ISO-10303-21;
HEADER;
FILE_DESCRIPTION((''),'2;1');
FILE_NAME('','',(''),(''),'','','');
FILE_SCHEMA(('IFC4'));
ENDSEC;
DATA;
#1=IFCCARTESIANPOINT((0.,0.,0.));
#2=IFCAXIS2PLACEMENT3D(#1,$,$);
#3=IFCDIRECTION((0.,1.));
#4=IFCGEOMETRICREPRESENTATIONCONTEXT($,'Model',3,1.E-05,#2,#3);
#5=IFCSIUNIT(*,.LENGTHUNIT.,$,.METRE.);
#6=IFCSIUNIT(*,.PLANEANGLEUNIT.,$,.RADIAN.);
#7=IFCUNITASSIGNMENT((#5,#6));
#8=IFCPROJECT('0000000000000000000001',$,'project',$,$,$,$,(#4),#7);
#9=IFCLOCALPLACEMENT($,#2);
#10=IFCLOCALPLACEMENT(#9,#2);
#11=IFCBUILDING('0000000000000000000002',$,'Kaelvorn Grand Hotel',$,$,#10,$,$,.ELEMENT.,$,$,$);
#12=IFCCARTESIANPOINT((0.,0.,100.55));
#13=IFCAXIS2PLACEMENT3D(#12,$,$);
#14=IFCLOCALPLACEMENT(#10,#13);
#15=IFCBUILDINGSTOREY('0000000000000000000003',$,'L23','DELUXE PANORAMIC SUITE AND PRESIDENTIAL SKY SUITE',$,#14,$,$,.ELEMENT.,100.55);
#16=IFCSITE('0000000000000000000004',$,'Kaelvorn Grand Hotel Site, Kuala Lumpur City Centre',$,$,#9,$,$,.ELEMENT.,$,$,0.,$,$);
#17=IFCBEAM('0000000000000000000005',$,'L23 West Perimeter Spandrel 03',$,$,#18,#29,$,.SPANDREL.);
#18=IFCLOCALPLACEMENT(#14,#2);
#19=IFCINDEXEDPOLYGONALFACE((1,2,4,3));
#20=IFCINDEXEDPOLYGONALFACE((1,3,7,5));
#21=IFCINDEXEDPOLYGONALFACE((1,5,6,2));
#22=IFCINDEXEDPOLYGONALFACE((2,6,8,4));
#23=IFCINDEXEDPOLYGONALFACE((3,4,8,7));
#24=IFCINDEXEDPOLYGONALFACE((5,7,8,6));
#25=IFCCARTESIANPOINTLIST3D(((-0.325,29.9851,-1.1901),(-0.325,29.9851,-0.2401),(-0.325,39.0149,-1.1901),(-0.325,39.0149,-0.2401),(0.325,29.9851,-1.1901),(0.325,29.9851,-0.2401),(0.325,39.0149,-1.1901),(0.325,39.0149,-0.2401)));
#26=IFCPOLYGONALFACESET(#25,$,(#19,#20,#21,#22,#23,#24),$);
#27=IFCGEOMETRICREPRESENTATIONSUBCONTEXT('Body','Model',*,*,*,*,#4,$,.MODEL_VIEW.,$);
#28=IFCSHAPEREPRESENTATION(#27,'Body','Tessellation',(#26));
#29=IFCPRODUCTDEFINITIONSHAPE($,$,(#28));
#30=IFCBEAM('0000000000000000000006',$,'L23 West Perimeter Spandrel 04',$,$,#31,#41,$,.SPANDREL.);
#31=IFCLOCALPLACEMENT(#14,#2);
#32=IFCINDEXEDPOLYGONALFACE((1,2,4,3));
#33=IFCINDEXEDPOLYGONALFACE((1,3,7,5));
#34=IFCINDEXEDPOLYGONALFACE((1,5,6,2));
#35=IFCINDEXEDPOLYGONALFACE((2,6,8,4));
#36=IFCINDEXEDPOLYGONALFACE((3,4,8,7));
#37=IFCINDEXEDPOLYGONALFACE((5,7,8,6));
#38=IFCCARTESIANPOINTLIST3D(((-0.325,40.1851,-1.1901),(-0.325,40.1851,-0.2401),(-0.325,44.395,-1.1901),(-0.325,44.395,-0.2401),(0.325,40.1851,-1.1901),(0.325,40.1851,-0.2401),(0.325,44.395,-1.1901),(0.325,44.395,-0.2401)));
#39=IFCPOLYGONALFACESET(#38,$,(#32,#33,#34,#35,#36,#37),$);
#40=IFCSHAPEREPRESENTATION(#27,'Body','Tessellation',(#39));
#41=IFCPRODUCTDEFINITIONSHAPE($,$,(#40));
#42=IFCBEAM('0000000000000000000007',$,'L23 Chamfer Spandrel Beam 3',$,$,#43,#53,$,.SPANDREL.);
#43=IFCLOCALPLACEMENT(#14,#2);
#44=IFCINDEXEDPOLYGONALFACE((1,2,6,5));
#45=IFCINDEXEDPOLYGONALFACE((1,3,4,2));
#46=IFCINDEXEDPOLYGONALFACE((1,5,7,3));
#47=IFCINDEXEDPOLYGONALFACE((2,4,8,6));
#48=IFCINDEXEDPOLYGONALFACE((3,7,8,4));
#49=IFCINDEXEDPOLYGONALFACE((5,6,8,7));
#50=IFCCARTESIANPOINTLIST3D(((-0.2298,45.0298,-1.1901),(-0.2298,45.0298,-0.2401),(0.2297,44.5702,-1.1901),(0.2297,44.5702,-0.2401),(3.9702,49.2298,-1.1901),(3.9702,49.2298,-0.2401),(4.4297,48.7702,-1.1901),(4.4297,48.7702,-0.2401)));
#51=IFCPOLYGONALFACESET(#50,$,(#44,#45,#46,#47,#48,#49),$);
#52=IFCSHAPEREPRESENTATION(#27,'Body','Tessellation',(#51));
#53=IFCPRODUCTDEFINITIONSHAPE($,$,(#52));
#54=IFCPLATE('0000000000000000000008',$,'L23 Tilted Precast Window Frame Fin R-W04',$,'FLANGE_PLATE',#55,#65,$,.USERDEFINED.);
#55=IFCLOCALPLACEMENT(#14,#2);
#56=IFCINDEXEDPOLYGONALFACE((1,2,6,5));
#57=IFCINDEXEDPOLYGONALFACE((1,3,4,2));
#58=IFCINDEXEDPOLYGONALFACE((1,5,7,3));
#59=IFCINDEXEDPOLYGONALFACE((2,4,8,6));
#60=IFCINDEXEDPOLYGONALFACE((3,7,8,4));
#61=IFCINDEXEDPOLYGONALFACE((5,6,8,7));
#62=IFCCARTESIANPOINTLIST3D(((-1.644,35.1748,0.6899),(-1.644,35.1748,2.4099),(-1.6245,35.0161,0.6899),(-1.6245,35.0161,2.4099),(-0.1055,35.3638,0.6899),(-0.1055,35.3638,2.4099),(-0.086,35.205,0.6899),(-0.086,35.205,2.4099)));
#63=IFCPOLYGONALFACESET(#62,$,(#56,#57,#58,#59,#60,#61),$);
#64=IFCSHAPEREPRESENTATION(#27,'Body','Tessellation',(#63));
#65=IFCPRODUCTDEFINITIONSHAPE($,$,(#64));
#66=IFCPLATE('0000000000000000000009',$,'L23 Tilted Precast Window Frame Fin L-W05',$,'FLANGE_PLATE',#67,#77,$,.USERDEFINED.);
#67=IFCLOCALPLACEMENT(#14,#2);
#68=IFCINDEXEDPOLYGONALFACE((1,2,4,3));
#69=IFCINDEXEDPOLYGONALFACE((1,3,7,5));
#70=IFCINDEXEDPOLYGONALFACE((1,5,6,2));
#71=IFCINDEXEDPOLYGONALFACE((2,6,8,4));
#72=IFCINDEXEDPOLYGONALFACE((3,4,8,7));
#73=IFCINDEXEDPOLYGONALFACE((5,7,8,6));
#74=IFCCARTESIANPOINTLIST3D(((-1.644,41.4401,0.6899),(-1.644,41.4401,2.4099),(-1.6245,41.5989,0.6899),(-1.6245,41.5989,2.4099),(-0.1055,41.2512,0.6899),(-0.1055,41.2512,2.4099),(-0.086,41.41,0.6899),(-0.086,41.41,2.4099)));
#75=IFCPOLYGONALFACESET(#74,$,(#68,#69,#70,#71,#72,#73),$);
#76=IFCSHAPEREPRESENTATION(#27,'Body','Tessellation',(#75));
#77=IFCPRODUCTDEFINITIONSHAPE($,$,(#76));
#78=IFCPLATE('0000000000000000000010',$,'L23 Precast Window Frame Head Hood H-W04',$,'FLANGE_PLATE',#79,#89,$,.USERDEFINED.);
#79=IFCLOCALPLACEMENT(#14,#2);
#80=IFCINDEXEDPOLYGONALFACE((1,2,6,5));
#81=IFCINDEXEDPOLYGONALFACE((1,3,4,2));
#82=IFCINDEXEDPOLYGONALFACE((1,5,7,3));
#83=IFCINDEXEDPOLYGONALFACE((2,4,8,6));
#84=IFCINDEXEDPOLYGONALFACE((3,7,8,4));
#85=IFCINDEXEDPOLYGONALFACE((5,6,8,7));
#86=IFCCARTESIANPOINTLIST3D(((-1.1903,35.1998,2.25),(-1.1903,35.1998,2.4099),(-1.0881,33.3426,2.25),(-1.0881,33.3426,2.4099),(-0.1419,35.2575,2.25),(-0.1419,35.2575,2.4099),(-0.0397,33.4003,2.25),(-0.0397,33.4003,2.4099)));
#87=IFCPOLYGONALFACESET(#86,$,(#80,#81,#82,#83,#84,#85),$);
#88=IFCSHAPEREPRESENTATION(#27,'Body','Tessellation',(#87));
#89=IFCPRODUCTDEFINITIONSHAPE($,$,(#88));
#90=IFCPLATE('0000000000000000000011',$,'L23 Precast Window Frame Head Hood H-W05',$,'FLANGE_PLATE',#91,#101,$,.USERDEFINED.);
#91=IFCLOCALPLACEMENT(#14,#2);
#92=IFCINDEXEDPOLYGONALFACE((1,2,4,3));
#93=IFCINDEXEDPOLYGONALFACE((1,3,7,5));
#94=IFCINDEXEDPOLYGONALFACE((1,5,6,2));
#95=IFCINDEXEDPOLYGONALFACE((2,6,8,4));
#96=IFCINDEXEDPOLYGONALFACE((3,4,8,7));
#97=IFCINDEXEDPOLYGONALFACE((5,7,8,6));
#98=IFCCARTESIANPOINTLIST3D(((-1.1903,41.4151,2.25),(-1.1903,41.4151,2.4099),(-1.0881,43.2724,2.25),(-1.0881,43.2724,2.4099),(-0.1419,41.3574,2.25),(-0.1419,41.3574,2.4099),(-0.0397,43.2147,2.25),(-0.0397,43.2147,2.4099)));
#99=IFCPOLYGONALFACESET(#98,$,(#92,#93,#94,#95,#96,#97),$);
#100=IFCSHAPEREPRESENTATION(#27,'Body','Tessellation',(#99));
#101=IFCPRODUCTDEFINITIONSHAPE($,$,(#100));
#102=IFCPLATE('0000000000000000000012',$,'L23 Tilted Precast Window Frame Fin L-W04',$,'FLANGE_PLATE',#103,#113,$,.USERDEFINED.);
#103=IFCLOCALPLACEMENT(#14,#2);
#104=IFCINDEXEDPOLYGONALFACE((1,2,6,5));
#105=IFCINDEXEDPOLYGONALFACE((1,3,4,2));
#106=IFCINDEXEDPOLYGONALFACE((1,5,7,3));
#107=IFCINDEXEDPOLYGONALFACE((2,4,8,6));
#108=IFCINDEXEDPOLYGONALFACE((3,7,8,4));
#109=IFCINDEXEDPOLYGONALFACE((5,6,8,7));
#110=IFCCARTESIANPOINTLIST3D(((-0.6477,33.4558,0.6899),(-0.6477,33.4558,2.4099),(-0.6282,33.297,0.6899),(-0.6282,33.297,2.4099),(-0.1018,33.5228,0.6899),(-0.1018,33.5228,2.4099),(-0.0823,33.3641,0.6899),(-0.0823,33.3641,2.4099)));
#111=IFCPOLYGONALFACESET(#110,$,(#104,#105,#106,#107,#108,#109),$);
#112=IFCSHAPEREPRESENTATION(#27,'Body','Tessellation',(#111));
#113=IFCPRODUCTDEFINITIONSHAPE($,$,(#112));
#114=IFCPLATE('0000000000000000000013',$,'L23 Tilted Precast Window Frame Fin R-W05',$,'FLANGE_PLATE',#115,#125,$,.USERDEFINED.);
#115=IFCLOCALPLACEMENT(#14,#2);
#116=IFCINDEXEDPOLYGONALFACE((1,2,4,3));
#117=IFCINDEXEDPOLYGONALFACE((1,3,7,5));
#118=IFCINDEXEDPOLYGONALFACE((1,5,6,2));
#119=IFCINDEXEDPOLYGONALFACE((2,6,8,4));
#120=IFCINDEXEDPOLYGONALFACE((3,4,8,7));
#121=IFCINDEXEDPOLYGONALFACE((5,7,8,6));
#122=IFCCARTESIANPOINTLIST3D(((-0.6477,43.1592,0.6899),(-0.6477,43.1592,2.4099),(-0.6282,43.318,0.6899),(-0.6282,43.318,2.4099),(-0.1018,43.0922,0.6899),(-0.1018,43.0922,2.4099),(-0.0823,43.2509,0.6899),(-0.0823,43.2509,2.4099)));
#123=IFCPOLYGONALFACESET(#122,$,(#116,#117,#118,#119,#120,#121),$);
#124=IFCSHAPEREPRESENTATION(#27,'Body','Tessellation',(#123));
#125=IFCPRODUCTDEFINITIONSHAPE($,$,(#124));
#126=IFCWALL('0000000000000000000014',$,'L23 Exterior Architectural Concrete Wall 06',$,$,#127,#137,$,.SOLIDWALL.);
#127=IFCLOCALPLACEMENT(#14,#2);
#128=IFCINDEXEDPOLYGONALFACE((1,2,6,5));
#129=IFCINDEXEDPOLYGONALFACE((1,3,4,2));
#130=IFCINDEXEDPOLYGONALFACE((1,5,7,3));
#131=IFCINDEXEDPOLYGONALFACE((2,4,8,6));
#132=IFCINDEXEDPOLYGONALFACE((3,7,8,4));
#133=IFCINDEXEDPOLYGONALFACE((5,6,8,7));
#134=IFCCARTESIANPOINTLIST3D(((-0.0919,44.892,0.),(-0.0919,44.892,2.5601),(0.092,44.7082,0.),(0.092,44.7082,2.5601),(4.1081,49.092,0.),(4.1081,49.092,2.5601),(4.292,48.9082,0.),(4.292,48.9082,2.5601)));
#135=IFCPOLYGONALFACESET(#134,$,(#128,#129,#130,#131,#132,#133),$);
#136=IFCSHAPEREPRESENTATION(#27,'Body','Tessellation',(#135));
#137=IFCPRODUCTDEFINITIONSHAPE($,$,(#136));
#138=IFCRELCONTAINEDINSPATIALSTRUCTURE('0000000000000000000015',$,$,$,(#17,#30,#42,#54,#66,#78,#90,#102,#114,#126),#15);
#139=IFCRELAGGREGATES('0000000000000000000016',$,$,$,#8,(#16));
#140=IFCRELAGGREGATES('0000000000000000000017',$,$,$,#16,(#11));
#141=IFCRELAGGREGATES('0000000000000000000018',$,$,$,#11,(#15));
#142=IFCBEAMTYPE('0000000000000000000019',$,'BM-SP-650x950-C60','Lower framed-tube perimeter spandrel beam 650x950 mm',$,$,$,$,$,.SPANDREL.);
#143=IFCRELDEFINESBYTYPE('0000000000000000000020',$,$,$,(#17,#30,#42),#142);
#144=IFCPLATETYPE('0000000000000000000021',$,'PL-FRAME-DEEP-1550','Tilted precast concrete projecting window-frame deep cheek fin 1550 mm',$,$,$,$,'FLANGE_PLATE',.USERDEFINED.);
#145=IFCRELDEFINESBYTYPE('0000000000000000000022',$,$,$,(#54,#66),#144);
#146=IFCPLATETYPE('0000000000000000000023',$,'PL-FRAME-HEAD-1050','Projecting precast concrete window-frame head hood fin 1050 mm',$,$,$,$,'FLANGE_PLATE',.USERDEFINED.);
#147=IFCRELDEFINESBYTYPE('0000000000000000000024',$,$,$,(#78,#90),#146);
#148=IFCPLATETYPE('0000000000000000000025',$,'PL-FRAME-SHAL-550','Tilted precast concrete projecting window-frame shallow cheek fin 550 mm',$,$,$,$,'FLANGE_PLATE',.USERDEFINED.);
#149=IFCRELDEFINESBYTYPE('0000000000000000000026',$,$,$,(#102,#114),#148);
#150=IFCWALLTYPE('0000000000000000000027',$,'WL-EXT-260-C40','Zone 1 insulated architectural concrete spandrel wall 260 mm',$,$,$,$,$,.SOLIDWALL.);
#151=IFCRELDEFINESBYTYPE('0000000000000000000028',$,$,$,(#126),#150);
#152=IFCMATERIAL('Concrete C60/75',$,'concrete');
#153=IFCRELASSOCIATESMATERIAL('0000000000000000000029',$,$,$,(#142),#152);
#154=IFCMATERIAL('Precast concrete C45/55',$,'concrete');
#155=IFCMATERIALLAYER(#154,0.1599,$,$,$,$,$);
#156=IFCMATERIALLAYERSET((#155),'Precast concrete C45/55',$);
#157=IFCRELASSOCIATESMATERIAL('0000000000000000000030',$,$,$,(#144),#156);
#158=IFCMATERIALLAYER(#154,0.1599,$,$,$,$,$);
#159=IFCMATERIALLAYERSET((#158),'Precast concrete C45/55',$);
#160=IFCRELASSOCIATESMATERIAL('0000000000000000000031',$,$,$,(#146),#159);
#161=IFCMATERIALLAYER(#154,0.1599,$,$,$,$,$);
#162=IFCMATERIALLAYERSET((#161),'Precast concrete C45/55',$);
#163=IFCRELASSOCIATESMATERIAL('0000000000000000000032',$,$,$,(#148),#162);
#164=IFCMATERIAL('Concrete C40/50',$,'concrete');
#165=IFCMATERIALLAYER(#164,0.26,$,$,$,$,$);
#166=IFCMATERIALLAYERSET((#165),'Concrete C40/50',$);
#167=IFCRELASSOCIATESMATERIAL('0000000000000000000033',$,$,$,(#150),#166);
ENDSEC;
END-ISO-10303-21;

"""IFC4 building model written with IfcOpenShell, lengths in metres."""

from ifc_helpers import new_model, si_unit, direction, frame, frame_2d, origin, origin_2d, place, context, subcontext, project, spatial, rectangle, extrude, material, layer, layer_set, material_profile, profile_set, type_object, element, save


model = new_model("IFC4")

# Units and contexts
model_context = context("Model", 3, precision=1e-05, world=origin(), true_north=direction((0.0, 1.0)))
body_context = subcontext(model_context, "Body", "Model", "MODEL_VIEW")
ifc_project = project(units=[si_unit("LENGTHUNIT", "METRE"), si_unit("PLANEANGLEUNIT", "RADIAN")], contexts=[model_context])

# Site, building, storey
site_placement = place(None, origin())
site = spatial("IfcSite", under=ifc_project, at=site_placement, Name="Kaelvorn Grand Hotel Site, Kuala Lumpur City Centre", CompositionType="ELEMENT", RefElevation=0.0)
building_placement = place(site_placement, origin())
building = spatial("IfcBuilding", under=site, at=building_placement, Name="Kaelvorn Grand Hotel", CompositionType="ELEMENT")
storey_placement = place(building_placement, frame((0.0, 0.0, 100.55)))
storey = spatial("IfcBuildingStorey", under=building, at=storey_placement, Name="L23", Description="DELUXE PANORAMIC SUITE AND PRESIDENTIAL SKY SUITE", CompositionType="ELEMENT", Elevation=100.55)

# Shared definitions
ifc_material_1 = material(Name="Concrete C60/75", Category="concrete")

# Beams
ifc_material_profile_1 = material_profile(ifc_material_1, rectangle(XDim=0.6499, YDim=0.95, at=origin_2d()), Name="RC SPANDREL 650x950")
ifc_profile_set_1 = profile_set([ifc_material_profile_1], Name="Concrete C60/75")
beam_type_1 = type_object("IfcBeamType", Name="BM-SP-650x950-C60", Description="Lower framed-tube perimeter spandrel beam 650x950 mm", PredefinedType="SPANDREL", material=ifc_profile_set_1)
beam_1_placement = place(storey_placement, frame((0.0, 29.9851, -0.7151), z_axis=(0.0, 1.0, 0.0), x_axis=(-1.0, 0.0, 0.0)))
element("IfcBeam", 1, at=beam_1_placement, inside=storey, type_object=beam_type_1, Name="L23 West Perimeter Spandrel 03", PredefinedType="SPANDREL", context=body_context, shape_type="SweptSolid", body=[
    extrude(rectangle(XDim=0.6499, YDim=0.95, at=origin_2d()), origin(), (0.0, 0.0, 1.0), 9.0298),
])
beam_2_placement = place(storey_placement, frame((0.0, 40.1851, -0.7151), z_axis=(0.0, 1.0, 0.0), x_axis=(-1.0, 0.0, 0.0)))
element("IfcBeam", 2, at=beam_2_placement, inside=storey, type_object=beam_type_1, Name="L23 West Perimeter Spandrel 04", PredefinedType="SPANDREL", context=body_context, shape_type="SweptSolid", body=[
    extrude(rectangle(XDim=0.6499, YDim=0.95, at=origin_2d()), origin(), (0.0, 0.0, 1.0), 4.21),
])
beam_3_placement = place(storey_placement, frame((4.2, 49.0, -0.7151), z_axis=(-0.707107, -0.707107, 0.0), x_axis=(0.707107, -0.707107, 0.0)))
element("IfcBeam", 3, at=beam_3_placement, inside=storey, type_object=beam_type_1, Name="L23 Chamfer Spandrel Beam 3", PredefinedType="SPANDREL", context=body_context, shape_type="SweptSolid", body=[
    extrude(rectangle(XDim=0.6499, YDim=0.95, at=origin_2d()), origin(), (0.0, 0.0, 1.0), 5.9397),
])

# Plates
ifc_material_2 = material(Name="Precast concrete C45/55", Category="concrete")
ifc_layer_1 = layer(ifc_material_2, 0.1599)
ifc_layer_set_1 = layer_set([ifc_layer_1], Name="Precast concrete C45/55")
plate_type_1 = type_object("IfcPlateType", Name="PL-FRAME-DEEP-1550", Description="Tilted precast concrete projecting window-frame deep cheek fin 1550 mm", ElementType="FLANGE_PLATE", PredefinedType="USERDEFINED", material=ifc_layer_set_1)
for number, where, z_axis, x_axis, name in (
    (4, (-0.865, 35.1899, 0.6899), (0.0, 0.0, 1.0), (-0.121869, 0.992546, 0.0), "L23 Tilted Precast Window Frame Fin R-W04"),
    (5, (-0.865, 41.425, 0.6899), (0.0, 0.0, 1.0), (0.121869, 0.992546, 0.0), "L23 Tilted Precast Window Frame Fin L-W05"),
):
    element("IfcPlate", number, at=place(storey_placement, frame(where, z_axis=z_axis, x_axis=x_axis)), inside=storey, type_object=plate_type_1, Name=name, ObjectType="FLANGE_PLATE", PredefinedType="USERDEFINED", context=body_context, shape_type="SweptSolid", body=[
        extrude(rectangle(XDim=0.1599, YDim=1.55, at=origin_2d()), origin(), (0.0, 0.0, 1.0), 1.72),
    ])
ifc_layer_2 = layer(ifc_material_2, 0.1599)
ifc_layer_set_2 = layer_set([ifc_layer_2], Name="Precast concrete C45/55")
plate_type_2 = type_object("IfcPlateType", Name="PL-FRAME-HEAD-1050", Description="Projecting precast concrete window-frame head hood fin 1050 mm", ElementType="FLANGE_PLATE", PredefinedType="USERDEFINED", material=ifc_layer_set_2)
for number, where, z_axis, x_axis, name in (
    (6, (-0.615, 34.3, 2.25), (0.0, 0.0, 1.0), (-0.05495, 0.998489, 0.0), "L23 Precast Window Frame Head Hood H-W04"),
    (7, (-0.615, 42.3149, 2.25), (0.0, 0.0, 1.0), (0.05495, 0.998489, 0.0), "L23 Precast Window Frame Head Hood H-W05"),
):
    element("IfcPlate", number, at=place(storey_placement, frame(where, z_axis=z_axis, x_axis=x_axis)), inside=storey, type_object=plate_type_2, Name=name, ObjectType="FLANGE_PLATE", PredefinedType="USERDEFINED", context=body_context, shape_type="SweptSolid", body=[
        extrude(rectangle(XDim=1.8601, YDim=1.05, at=origin_2d()), origin(), (0.0, 0.0, 1.0), 0.1599),
    ])
ifc_layer_3 = layer(ifc_material_2, 0.1599)
ifc_layer_set_3 = layer_set([ifc_layer_3], Name="Precast concrete C45/55")
plate_type_3 = type_object("IfcPlateType", Name="PL-FRAME-SHAL-550", Description="Tilted precast concrete projecting window-frame shallow cheek fin 550 mm", ElementType="FLANGE_PLATE", PredefinedType="USERDEFINED", material=ifc_layer_set_3)
for number, where, z_axis, x_axis, name in (
    (8, (-0.365, 33.4099, 0.6899), (0.0, 0.0, 1.0), (-0.121869, 0.992546, 0.0), "L23 Tilted Precast Window Frame Fin L-W04"),
    (9, (-0.365, 43.2051, 0.6899), (0.0, 0.0, 1.0), (0.121869, 0.992546, 0.0), "L23 Tilted Precast Window Frame Fin R-W05"),
):
    element("IfcPlate", number, at=place(storey_placement, frame(where, z_axis=z_axis, x_axis=x_axis)), inside=storey, type_object=plate_type_3, Name=name, ObjectType="FLANGE_PLATE", PredefinedType="USERDEFINED", context=body_context, shape_type="SweptSolid", body=[
        extrude(rectangle(XDim=0.1599, YDim=0.55, at=origin_2d()), origin(), (0.0, 0.0, 1.0), 1.72),
    ])

# Wall
ifc_material_3 = material(Name="Concrete C40/50", Category="concrete")
ifc_layer_4 = layer(ifc_material_3, 0.26)
ifc_layer_set_4 = layer_set([ifc_layer_4], Name="Concrete C40/50")
wall_type_1 = type_object("IfcWallType", Name="WL-EXT-260-C40", Description="Zone 1 insulated architectural concrete spandrel wall 260 mm", PredefinedType="SOLIDWALL", material=ifc_layer_set_4)
wall_1_placement = place(storey_placement, frame((4.2, 49.0, 0.0), z_axis=(0.0, 0.0, 1.0), x_axis=(-0.707107, -0.707107, 0.0)))
element("IfcWall", 10, at=wall_1_placement, inside=storey, type_object=wall_type_1, Name="L23 Exterior Architectural Concrete Wall 06", PredefinedType="SOLIDWALL", context=body_context, shape_type="SweptSolid", body=[
    extrude(rectangle(XDim=5.9397, YDim=0.26, at=frame_2d((2.9697, 0.0))), origin(), (0.0, 0.0, 1.0), 2.5601),
])

save(model, "model.ifc")
